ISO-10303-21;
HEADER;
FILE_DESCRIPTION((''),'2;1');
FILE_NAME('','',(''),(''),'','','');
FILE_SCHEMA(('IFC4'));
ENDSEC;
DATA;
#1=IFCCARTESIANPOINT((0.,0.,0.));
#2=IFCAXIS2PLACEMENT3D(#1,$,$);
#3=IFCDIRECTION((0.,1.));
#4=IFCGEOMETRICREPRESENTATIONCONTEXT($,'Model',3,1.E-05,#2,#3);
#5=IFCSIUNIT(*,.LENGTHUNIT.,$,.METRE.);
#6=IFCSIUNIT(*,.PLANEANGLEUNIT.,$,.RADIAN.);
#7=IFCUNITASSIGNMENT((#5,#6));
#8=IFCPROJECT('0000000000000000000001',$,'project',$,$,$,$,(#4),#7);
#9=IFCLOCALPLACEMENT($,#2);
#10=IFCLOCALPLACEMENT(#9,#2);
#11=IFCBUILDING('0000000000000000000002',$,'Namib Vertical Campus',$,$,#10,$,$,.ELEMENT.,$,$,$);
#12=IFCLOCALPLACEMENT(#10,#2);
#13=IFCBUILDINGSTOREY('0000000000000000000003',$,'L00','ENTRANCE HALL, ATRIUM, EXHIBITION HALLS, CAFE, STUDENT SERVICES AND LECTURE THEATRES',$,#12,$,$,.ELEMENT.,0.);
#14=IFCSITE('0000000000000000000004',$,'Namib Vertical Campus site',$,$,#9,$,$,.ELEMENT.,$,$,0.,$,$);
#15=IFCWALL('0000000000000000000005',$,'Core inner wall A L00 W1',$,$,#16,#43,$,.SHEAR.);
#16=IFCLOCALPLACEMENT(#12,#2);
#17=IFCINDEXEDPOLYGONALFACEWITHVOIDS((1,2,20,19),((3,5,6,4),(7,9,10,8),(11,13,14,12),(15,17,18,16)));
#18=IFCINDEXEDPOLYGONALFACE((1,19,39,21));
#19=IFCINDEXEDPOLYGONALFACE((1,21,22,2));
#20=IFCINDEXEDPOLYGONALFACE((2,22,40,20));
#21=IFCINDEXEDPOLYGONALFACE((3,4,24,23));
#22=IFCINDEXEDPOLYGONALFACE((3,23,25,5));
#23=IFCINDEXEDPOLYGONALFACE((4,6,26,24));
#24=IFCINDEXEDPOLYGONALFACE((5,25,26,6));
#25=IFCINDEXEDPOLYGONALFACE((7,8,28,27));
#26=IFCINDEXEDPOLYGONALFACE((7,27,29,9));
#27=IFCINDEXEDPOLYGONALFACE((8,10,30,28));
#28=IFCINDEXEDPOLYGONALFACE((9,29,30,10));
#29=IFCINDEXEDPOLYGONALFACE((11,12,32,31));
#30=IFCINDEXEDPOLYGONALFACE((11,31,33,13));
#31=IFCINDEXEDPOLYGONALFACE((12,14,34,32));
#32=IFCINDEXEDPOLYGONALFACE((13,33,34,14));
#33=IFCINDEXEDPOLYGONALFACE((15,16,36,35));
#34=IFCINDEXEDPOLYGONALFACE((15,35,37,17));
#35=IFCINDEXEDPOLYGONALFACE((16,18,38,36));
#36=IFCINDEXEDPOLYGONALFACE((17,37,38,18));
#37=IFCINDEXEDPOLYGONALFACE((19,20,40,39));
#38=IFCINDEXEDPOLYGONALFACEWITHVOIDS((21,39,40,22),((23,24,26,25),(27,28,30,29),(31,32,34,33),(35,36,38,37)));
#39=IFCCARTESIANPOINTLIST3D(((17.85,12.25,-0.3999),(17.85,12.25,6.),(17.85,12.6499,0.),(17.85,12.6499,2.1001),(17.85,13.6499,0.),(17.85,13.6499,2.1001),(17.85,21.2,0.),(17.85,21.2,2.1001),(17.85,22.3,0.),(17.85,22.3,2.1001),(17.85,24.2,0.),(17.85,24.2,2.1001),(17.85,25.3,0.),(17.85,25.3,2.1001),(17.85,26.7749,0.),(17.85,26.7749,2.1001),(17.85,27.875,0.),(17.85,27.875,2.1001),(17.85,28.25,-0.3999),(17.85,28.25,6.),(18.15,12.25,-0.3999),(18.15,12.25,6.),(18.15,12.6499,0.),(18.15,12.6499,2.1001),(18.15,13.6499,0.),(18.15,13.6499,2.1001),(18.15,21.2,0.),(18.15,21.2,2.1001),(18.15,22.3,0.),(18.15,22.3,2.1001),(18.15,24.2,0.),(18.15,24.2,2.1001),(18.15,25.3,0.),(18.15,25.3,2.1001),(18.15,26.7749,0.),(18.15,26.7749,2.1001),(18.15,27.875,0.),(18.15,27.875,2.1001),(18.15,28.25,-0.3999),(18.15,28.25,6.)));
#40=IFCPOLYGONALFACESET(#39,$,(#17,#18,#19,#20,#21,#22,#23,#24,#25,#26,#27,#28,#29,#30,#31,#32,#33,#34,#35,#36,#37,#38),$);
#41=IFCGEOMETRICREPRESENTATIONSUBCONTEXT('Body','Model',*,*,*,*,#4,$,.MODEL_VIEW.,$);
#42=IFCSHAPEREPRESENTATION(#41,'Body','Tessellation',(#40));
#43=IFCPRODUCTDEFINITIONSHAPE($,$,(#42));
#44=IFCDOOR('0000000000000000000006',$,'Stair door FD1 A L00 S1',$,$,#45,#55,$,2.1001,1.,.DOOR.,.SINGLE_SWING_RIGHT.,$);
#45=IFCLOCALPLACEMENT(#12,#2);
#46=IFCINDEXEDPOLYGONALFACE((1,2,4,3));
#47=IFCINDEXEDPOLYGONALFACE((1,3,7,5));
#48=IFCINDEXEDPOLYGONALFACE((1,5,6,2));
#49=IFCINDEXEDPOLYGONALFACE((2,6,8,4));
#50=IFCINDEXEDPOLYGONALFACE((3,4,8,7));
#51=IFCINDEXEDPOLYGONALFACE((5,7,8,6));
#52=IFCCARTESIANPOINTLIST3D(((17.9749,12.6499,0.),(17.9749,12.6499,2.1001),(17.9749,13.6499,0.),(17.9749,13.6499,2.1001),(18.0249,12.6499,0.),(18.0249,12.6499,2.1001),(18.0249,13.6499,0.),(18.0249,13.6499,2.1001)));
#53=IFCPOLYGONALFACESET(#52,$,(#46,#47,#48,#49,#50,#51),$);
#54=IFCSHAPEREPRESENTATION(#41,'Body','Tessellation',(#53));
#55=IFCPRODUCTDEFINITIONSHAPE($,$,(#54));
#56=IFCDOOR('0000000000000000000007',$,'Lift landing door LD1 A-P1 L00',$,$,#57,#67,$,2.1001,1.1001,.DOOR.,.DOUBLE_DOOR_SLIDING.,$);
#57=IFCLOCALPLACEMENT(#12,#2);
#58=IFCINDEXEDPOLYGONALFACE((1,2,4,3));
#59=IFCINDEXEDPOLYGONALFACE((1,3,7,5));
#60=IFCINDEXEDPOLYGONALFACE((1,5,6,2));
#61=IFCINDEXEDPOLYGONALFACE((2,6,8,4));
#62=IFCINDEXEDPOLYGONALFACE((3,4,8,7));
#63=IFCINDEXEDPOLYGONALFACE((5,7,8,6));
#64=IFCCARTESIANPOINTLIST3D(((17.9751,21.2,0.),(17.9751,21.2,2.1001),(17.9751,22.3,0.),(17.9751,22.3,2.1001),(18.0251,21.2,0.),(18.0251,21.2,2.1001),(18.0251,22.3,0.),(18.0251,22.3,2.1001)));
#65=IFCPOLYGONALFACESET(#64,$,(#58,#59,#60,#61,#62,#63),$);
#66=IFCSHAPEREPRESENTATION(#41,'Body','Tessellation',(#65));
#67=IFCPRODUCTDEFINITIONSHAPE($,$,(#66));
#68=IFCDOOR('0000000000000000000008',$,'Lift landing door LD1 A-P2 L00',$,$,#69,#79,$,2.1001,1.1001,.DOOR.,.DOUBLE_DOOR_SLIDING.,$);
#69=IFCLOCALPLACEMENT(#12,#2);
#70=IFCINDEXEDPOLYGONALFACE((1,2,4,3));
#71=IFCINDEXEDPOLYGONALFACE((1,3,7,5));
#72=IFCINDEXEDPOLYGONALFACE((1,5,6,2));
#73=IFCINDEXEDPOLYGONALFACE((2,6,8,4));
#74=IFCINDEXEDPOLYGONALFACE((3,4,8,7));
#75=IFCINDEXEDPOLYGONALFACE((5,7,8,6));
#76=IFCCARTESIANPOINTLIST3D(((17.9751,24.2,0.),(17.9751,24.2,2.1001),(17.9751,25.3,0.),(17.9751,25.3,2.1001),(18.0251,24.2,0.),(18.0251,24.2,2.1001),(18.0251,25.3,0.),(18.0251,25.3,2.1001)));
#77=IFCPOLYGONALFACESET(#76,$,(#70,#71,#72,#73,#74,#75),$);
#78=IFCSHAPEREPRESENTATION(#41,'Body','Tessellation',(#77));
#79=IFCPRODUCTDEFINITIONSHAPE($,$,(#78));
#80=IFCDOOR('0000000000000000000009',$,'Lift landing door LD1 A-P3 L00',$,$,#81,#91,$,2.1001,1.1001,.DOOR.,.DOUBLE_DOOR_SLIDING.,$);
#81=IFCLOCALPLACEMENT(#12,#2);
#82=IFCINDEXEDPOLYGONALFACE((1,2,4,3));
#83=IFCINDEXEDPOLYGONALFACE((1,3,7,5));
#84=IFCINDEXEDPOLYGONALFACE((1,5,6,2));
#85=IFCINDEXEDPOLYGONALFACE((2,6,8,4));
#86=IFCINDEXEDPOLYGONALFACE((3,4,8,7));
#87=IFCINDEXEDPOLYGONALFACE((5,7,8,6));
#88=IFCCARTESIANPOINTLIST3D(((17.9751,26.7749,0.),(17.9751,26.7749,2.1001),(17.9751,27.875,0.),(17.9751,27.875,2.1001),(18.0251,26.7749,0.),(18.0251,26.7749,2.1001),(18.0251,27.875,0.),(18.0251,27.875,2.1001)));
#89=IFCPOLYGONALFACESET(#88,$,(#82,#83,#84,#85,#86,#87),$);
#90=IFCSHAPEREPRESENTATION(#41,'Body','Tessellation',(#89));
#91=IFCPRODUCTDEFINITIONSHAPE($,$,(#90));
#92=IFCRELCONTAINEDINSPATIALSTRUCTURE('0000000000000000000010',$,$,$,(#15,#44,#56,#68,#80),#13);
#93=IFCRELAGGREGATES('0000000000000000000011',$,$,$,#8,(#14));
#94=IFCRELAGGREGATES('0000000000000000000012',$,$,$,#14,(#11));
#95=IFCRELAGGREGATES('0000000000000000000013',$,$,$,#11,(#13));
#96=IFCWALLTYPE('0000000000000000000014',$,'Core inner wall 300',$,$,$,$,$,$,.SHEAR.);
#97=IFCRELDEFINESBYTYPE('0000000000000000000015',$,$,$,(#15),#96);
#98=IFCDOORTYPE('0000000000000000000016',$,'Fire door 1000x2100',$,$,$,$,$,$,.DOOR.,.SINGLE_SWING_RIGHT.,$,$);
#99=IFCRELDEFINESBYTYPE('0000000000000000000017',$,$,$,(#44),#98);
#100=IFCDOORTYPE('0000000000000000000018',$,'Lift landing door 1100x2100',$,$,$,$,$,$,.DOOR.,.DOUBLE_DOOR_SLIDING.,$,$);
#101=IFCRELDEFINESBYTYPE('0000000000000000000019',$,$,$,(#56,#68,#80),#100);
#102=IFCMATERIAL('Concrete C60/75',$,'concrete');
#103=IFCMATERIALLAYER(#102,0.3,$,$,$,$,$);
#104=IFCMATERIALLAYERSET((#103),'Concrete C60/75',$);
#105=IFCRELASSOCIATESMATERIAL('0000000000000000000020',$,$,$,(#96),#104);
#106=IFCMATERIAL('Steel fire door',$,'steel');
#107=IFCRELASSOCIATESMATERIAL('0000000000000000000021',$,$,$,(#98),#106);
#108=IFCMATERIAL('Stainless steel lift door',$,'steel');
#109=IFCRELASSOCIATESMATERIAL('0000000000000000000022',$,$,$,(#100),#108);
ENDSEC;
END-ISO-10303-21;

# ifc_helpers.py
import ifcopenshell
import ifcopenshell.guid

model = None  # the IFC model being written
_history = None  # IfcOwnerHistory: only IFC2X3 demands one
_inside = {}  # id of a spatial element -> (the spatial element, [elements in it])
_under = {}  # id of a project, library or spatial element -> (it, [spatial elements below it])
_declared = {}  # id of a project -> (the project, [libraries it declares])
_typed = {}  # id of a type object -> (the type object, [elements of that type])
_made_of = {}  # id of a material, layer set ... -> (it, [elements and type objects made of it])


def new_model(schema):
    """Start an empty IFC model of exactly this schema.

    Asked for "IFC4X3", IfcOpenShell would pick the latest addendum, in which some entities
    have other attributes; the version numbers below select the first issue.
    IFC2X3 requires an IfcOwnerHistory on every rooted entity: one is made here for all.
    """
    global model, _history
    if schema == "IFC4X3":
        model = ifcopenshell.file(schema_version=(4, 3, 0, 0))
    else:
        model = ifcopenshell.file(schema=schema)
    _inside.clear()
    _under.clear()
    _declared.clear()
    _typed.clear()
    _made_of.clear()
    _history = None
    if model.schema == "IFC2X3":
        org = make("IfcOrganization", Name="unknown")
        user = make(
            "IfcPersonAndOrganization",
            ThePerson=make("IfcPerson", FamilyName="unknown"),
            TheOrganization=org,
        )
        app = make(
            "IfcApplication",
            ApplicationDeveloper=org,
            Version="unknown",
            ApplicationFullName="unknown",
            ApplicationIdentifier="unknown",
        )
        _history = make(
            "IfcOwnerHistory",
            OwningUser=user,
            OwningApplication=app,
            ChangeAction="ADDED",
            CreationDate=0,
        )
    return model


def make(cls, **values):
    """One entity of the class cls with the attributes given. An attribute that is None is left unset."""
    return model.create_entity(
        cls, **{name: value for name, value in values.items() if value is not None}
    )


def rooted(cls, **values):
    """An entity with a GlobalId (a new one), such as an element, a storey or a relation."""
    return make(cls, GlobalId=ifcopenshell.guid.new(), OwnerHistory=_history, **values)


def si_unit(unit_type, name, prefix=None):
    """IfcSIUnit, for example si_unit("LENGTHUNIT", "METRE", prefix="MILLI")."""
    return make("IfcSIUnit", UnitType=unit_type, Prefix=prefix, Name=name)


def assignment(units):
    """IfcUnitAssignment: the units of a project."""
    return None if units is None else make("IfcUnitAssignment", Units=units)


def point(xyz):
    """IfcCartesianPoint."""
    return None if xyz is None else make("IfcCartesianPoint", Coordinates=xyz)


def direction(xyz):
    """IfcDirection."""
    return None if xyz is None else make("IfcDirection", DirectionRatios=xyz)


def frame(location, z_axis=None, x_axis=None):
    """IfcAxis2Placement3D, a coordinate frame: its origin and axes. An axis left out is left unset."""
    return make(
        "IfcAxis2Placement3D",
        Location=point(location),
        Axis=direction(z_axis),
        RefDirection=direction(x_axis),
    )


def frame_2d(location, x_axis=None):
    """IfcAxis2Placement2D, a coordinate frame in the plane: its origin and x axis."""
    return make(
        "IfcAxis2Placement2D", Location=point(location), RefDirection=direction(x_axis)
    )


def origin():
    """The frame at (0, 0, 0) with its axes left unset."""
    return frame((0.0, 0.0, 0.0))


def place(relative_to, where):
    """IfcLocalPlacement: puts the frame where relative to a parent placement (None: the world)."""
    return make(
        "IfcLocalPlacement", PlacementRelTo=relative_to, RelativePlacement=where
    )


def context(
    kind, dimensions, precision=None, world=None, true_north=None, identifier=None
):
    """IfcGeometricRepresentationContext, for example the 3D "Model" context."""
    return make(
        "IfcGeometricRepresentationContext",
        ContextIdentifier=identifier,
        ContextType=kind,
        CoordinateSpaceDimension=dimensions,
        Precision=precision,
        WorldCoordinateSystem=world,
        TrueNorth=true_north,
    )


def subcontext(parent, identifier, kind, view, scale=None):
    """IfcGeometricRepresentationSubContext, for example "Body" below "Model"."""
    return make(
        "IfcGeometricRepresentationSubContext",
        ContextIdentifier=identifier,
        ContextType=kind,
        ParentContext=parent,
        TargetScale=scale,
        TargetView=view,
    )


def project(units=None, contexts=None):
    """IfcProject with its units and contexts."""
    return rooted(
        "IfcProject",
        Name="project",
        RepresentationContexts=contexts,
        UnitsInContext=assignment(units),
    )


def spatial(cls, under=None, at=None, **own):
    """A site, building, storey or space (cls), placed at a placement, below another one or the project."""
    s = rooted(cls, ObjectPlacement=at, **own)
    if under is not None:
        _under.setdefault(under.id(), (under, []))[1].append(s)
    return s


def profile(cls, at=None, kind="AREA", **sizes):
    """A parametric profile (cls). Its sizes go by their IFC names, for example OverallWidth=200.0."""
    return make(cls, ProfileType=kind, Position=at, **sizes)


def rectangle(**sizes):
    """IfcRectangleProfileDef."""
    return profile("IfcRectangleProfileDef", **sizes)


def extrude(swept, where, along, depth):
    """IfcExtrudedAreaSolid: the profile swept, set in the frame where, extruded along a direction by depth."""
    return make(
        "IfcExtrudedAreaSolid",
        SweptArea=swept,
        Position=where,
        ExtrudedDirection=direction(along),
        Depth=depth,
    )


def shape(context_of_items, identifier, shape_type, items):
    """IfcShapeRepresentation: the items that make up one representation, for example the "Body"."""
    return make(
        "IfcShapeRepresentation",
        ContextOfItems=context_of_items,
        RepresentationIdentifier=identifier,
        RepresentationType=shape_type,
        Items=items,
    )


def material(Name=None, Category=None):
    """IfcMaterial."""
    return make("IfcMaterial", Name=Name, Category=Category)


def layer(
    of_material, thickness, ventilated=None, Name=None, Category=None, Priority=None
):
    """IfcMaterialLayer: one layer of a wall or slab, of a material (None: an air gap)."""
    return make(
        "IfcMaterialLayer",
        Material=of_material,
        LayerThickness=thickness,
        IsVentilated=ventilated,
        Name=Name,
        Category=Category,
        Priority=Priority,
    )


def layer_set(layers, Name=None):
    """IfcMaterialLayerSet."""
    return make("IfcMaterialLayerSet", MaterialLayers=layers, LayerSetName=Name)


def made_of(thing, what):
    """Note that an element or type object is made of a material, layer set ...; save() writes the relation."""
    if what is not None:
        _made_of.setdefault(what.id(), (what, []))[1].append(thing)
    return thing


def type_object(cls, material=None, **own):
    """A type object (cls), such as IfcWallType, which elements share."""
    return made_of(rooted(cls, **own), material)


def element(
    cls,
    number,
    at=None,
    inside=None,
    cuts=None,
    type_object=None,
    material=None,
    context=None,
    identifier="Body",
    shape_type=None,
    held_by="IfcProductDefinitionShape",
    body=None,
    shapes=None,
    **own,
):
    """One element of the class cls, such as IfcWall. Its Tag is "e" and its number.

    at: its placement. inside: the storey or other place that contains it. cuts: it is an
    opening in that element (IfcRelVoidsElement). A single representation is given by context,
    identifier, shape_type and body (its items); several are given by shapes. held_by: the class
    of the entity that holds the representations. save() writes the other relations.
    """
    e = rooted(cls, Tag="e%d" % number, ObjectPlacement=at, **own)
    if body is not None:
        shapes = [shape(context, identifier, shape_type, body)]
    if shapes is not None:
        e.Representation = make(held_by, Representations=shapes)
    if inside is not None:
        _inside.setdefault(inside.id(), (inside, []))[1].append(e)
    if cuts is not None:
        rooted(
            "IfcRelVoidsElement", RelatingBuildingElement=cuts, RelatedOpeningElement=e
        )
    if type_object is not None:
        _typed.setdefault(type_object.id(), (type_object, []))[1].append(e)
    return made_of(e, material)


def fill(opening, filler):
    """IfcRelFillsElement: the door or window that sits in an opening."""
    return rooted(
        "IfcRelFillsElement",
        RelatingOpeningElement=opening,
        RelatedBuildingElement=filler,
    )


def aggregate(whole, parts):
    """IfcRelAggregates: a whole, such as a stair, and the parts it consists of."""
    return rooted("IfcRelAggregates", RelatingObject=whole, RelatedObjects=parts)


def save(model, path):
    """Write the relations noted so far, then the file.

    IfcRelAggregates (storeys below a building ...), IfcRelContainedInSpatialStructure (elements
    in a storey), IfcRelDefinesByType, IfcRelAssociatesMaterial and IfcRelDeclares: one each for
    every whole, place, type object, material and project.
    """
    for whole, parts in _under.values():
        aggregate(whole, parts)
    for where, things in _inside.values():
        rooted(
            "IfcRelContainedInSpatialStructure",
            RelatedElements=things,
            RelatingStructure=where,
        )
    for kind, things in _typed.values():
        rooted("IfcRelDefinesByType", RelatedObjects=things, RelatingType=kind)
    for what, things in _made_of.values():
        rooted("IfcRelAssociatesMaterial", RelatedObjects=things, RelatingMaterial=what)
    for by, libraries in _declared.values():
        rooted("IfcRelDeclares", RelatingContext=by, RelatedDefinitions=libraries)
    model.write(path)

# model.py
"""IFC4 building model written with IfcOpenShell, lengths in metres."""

from ifc_helpers import new_model, si_unit, direction, frame, frame_2d, origin, place, context, subcontext, project, spatial, rectangle, extrude, material, layer, layer_set, type_object, element, fill, save


model = new_model("IFC4")

# Units and contexts
model_context = context("Model", 3, precision=1e-05, world=origin(), true_north=direction((0.0, 1.0)))
body_context = subcontext(model_context, "Body", "Model", "MODEL_VIEW")
ifc_project = project(units=[si_unit("LENGTHUNIT", "METRE"), si_unit("PLANEANGLEUNIT", "RADIAN")], contexts=[model_context])

# Site, building, storey
site_placement = place(None, origin())
site = spatial("IfcSite", under=ifc_project, at=site_placement, Name="Namib Vertical Campus site", CompositionType="ELEMENT", RefElevation=0.0)
building_placement = place(site_placement, origin())
building = spatial("IfcBuilding", under=site, at=building_placement, Name="Namib Vertical Campus", CompositionType="ELEMENT")
storey_placement = place(building_placement, origin())
storey = spatial("IfcBuildingStorey", under=building, at=storey_placement, Name="L00", Description="ENTRANCE HALL, ATRIUM, EXHIBITION HALLS, CAFE, STUDENT SERVICES AND LECTURE THEATRES", CompositionType="ELEMENT", Elevation=0.0)

# Wall, openings, doors
ifc_material_1 = material(Name="Concrete C60/75", Category="concrete")
ifc_layer = layer(ifc_material_1, 0.3)
ifc_layer_set = layer_set([ifc_layer], Name="Concrete C60/75")
wall_type = type_object("IfcWallType", Name="Core inner wall 300", PredefinedType="SHEAR", material=ifc_layer_set)
wall_1_placement = place(storey_placement, frame((18.0, 12.25, -0.3999), z_axis=(0.0, 0.0, 1.0), x_axis=(0.0, 1.0, 0.0)))
wall_1 = element("IfcWall", 1, at=wall_1_placement, inside=storey, type_object=wall_type, Name="Core inner wall A L00 W1", PredefinedType="SHEAR", context=body_context, shape_type="SweptSolid", body=[
    extrude(rectangle(XDim=16.0, YDim=0.3, at=frame_2d((8.0, 0.0))), origin(), (0.0, 0.0, 1.0), 6.3999),
])
opening_1_placement = place(wall_1_placement, frame((0.3999, 0.0, 0.3999)))
opening_1 = element("IfcOpeningElement", 2, at=opening_1_placement, cuts=wall_1, PredefinedType="OPENING", context=body_context, shape_type="SweptSolid", body=[
    extrude(rectangle(XDim=1.0, YDim=2.1001, at=frame_2d((0.5, 1.05))), frame((0.0, 0.1599, 0.0), z_axis=(0.0, -1.0, 0.0), x_axis=(1.0, 0.0, 0.0)), (0.0, 0.0, 1.0), 0.3201),
])
opening_2_placement = place(wall_1_placement, frame((8.95, 0.0, 0.3999)))
opening_2 = element("IfcOpeningElement", 3, at=opening_2_placement, cuts=wall_1, PredefinedType="OPENING", context=body_context, shape_type="SweptSolid", body=[
    extrude(rectangle(XDim=1.1001, YDim=2.1001, at=frame_2d((0.55, 1.05))), frame((0.0, 0.1599, 0.0), z_axis=(0.0, -1.0, 0.0), x_axis=(1.0, 0.0, 0.0)), (0.0, 0.0, 1.0), 0.3201),
])
opening_3_placement = place(wall_1_placement, frame((11.95, 0.0, 0.3999)))
opening_3 = element("IfcOpeningElement", 4, at=opening_3_placement, cuts=wall_1, PredefinedType="OPENING", context=body_context, shape_type="SweptSolid", body=[
    extrude(rectangle(XDim=1.1001, YDim=2.1001, at=frame_2d((0.55, 1.05))), frame((0.0, 0.1599, 0.0), z_axis=(0.0, -1.0, 0.0), x_axis=(1.0, 0.0, 0.0)), (0.0, 0.0, 1.0), 0.3201),
])
opening_4_placement = place(wall_1_placement, frame((14.5249, 0.0, 0.3999)))
opening_4 = element("IfcOpeningElement", 5, at=opening_4_placement, cuts=wall_1, PredefinedType="OPENING", context=body_context, shape_type="SweptSolid", body=[
    extrude(rectangle(XDim=1.1001, YDim=2.1001, at=frame_2d((0.55, 1.05))), frame((0.0, 0.1599, 0.0), z_axis=(0.0, -1.0, 0.0), x_axis=(1.0, 0.0, 0.0)), (0.0, 0.0, 1.0), 0.3201),
])
ifc_material_2 = material(Name="Steel fire door", Category="steel")
door_type_1 = type_object("IfcDoorType", Name="Fire door 1000x2100", OperationType="SINGLE_SWING_RIGHT", PredefinedType="DOOR", material=ifc_material_2)
door_1_placement = place(opening_1_placement, frame((1.0, 0.0, 0.0), z_axis=(0.0, 0.0, 1.0), x_axis=(-1.0, 0.0, 0.0)))
door_1 = element("IfcDoor", 6, at=door_1_placement, inside=storey, type_object=door_type_1, Name="Stair door FD1 A L00 S1", OperationType="SINGLE_SWING_RIGHT", OverallHeight=2.1001, OverallWidth=1.0, PredefinedType="DOOR", context=body_context, shape_type="SweptSolid", body=[
    extrude(rectangle(XDim=1.0, YDim=2.1001, at=frame_2d((0.5, 1.05))), frame((0.0, 0.0249, 0.0), z_axis=(0.0, -1.0, 0.0), x_axis=(1.0, 0.0, 0.0)), (0.0, 0.0, 1.0), 0.05),
])
fill(opening_1, door_1)
ifc_material_3 = material(Name="Stainless steel lift door", Category="steel")
door_type_2 = type_object("IfcDoorType", Name="Lift landing door 1100x2100", OperationType="DOUBLE_DOOR_SLIDING", PredefinedType="DOOR", material=ifc_material_3)
door_2_placement = place(opening_2_placement, origin())
door_2 = element("IfcDoor", 7, at=door_2_placement, inside=storey, type_object=door_type_2, Name="Lift landing door LD1 A-P1 L00", OperationType="DOUBLE_DOOR_SLIDING", OverallHeight=2.1001, OverallWidth=1.1001, PredefinedType="DOOR", context=body_context, shape_type="SweptSolid", body=[
    extrude(rectangle(XDim=1.1001, YDim=2.1001, at=frame_2d((0.55, 1.05))), frame((0.0, 0.0249, 0.0), z_axis=(0.0, -1.0, 0.0), x_axis=(1.0, 0.0, 0.0)), (0.0, 0.0, 1.0), 0.05),
])
fill(opening_2, door_2)
door_3_placement = place(opening_3_placement, origin())
door_3 = element("IfcDoor", 8, at=door_3_placement, inside=storey, type_object=door_type_2, Name="Lift landing door LD1 A-P2 L00", OperationType="DOUBLE_DOOR_SLIDING", OverallHeight=2.1001, OverallWidth=1.1001, PredefinedType="DOOR", context=body_context, shape_type="SweptSolid", body=[
    extrude(rectangle(XDim=1.1001, YDim=2.1001, at=frame_2d((0.55, 1.05))), frame((0.0, 0.0249, 0.0), z_axis=(0.0, -1.0, 0.0), x_axis=(1.0, 0.0, 0.0)), (0.0, 0.0, 1.0), 0.05),
])
fill(opening_3, door_3)
door_4_placement = place(opening_4_placement, origin())
door_4 = element("IfcDoor", 9, at=door_4_placement, inside=storey, type_object=door_type_2, Name="Lift landing door LD1 A-P3 L00", OperationType="DOUBLE_DOOR_SLIDING", OverallHeight=2.1001, OverallWidth=1.1001, PredefinedType="DOOR", context=body_context, shape_type="SweptSolid", body=[
    extrude(rectangle(XDim=1.1001, YDim=2.1001, at=frame_2d((0.55, 1.05))), frame((0.0, 0.0249, 0.0), z_axis=(0.0, -1.0, 0.0), x_axis=(1.0, 0.0, 0.0)), (0.0, 0.0, 1.0), 0.05),
])
fill(opening_4, door_4)

save(model, "model.ifc")
